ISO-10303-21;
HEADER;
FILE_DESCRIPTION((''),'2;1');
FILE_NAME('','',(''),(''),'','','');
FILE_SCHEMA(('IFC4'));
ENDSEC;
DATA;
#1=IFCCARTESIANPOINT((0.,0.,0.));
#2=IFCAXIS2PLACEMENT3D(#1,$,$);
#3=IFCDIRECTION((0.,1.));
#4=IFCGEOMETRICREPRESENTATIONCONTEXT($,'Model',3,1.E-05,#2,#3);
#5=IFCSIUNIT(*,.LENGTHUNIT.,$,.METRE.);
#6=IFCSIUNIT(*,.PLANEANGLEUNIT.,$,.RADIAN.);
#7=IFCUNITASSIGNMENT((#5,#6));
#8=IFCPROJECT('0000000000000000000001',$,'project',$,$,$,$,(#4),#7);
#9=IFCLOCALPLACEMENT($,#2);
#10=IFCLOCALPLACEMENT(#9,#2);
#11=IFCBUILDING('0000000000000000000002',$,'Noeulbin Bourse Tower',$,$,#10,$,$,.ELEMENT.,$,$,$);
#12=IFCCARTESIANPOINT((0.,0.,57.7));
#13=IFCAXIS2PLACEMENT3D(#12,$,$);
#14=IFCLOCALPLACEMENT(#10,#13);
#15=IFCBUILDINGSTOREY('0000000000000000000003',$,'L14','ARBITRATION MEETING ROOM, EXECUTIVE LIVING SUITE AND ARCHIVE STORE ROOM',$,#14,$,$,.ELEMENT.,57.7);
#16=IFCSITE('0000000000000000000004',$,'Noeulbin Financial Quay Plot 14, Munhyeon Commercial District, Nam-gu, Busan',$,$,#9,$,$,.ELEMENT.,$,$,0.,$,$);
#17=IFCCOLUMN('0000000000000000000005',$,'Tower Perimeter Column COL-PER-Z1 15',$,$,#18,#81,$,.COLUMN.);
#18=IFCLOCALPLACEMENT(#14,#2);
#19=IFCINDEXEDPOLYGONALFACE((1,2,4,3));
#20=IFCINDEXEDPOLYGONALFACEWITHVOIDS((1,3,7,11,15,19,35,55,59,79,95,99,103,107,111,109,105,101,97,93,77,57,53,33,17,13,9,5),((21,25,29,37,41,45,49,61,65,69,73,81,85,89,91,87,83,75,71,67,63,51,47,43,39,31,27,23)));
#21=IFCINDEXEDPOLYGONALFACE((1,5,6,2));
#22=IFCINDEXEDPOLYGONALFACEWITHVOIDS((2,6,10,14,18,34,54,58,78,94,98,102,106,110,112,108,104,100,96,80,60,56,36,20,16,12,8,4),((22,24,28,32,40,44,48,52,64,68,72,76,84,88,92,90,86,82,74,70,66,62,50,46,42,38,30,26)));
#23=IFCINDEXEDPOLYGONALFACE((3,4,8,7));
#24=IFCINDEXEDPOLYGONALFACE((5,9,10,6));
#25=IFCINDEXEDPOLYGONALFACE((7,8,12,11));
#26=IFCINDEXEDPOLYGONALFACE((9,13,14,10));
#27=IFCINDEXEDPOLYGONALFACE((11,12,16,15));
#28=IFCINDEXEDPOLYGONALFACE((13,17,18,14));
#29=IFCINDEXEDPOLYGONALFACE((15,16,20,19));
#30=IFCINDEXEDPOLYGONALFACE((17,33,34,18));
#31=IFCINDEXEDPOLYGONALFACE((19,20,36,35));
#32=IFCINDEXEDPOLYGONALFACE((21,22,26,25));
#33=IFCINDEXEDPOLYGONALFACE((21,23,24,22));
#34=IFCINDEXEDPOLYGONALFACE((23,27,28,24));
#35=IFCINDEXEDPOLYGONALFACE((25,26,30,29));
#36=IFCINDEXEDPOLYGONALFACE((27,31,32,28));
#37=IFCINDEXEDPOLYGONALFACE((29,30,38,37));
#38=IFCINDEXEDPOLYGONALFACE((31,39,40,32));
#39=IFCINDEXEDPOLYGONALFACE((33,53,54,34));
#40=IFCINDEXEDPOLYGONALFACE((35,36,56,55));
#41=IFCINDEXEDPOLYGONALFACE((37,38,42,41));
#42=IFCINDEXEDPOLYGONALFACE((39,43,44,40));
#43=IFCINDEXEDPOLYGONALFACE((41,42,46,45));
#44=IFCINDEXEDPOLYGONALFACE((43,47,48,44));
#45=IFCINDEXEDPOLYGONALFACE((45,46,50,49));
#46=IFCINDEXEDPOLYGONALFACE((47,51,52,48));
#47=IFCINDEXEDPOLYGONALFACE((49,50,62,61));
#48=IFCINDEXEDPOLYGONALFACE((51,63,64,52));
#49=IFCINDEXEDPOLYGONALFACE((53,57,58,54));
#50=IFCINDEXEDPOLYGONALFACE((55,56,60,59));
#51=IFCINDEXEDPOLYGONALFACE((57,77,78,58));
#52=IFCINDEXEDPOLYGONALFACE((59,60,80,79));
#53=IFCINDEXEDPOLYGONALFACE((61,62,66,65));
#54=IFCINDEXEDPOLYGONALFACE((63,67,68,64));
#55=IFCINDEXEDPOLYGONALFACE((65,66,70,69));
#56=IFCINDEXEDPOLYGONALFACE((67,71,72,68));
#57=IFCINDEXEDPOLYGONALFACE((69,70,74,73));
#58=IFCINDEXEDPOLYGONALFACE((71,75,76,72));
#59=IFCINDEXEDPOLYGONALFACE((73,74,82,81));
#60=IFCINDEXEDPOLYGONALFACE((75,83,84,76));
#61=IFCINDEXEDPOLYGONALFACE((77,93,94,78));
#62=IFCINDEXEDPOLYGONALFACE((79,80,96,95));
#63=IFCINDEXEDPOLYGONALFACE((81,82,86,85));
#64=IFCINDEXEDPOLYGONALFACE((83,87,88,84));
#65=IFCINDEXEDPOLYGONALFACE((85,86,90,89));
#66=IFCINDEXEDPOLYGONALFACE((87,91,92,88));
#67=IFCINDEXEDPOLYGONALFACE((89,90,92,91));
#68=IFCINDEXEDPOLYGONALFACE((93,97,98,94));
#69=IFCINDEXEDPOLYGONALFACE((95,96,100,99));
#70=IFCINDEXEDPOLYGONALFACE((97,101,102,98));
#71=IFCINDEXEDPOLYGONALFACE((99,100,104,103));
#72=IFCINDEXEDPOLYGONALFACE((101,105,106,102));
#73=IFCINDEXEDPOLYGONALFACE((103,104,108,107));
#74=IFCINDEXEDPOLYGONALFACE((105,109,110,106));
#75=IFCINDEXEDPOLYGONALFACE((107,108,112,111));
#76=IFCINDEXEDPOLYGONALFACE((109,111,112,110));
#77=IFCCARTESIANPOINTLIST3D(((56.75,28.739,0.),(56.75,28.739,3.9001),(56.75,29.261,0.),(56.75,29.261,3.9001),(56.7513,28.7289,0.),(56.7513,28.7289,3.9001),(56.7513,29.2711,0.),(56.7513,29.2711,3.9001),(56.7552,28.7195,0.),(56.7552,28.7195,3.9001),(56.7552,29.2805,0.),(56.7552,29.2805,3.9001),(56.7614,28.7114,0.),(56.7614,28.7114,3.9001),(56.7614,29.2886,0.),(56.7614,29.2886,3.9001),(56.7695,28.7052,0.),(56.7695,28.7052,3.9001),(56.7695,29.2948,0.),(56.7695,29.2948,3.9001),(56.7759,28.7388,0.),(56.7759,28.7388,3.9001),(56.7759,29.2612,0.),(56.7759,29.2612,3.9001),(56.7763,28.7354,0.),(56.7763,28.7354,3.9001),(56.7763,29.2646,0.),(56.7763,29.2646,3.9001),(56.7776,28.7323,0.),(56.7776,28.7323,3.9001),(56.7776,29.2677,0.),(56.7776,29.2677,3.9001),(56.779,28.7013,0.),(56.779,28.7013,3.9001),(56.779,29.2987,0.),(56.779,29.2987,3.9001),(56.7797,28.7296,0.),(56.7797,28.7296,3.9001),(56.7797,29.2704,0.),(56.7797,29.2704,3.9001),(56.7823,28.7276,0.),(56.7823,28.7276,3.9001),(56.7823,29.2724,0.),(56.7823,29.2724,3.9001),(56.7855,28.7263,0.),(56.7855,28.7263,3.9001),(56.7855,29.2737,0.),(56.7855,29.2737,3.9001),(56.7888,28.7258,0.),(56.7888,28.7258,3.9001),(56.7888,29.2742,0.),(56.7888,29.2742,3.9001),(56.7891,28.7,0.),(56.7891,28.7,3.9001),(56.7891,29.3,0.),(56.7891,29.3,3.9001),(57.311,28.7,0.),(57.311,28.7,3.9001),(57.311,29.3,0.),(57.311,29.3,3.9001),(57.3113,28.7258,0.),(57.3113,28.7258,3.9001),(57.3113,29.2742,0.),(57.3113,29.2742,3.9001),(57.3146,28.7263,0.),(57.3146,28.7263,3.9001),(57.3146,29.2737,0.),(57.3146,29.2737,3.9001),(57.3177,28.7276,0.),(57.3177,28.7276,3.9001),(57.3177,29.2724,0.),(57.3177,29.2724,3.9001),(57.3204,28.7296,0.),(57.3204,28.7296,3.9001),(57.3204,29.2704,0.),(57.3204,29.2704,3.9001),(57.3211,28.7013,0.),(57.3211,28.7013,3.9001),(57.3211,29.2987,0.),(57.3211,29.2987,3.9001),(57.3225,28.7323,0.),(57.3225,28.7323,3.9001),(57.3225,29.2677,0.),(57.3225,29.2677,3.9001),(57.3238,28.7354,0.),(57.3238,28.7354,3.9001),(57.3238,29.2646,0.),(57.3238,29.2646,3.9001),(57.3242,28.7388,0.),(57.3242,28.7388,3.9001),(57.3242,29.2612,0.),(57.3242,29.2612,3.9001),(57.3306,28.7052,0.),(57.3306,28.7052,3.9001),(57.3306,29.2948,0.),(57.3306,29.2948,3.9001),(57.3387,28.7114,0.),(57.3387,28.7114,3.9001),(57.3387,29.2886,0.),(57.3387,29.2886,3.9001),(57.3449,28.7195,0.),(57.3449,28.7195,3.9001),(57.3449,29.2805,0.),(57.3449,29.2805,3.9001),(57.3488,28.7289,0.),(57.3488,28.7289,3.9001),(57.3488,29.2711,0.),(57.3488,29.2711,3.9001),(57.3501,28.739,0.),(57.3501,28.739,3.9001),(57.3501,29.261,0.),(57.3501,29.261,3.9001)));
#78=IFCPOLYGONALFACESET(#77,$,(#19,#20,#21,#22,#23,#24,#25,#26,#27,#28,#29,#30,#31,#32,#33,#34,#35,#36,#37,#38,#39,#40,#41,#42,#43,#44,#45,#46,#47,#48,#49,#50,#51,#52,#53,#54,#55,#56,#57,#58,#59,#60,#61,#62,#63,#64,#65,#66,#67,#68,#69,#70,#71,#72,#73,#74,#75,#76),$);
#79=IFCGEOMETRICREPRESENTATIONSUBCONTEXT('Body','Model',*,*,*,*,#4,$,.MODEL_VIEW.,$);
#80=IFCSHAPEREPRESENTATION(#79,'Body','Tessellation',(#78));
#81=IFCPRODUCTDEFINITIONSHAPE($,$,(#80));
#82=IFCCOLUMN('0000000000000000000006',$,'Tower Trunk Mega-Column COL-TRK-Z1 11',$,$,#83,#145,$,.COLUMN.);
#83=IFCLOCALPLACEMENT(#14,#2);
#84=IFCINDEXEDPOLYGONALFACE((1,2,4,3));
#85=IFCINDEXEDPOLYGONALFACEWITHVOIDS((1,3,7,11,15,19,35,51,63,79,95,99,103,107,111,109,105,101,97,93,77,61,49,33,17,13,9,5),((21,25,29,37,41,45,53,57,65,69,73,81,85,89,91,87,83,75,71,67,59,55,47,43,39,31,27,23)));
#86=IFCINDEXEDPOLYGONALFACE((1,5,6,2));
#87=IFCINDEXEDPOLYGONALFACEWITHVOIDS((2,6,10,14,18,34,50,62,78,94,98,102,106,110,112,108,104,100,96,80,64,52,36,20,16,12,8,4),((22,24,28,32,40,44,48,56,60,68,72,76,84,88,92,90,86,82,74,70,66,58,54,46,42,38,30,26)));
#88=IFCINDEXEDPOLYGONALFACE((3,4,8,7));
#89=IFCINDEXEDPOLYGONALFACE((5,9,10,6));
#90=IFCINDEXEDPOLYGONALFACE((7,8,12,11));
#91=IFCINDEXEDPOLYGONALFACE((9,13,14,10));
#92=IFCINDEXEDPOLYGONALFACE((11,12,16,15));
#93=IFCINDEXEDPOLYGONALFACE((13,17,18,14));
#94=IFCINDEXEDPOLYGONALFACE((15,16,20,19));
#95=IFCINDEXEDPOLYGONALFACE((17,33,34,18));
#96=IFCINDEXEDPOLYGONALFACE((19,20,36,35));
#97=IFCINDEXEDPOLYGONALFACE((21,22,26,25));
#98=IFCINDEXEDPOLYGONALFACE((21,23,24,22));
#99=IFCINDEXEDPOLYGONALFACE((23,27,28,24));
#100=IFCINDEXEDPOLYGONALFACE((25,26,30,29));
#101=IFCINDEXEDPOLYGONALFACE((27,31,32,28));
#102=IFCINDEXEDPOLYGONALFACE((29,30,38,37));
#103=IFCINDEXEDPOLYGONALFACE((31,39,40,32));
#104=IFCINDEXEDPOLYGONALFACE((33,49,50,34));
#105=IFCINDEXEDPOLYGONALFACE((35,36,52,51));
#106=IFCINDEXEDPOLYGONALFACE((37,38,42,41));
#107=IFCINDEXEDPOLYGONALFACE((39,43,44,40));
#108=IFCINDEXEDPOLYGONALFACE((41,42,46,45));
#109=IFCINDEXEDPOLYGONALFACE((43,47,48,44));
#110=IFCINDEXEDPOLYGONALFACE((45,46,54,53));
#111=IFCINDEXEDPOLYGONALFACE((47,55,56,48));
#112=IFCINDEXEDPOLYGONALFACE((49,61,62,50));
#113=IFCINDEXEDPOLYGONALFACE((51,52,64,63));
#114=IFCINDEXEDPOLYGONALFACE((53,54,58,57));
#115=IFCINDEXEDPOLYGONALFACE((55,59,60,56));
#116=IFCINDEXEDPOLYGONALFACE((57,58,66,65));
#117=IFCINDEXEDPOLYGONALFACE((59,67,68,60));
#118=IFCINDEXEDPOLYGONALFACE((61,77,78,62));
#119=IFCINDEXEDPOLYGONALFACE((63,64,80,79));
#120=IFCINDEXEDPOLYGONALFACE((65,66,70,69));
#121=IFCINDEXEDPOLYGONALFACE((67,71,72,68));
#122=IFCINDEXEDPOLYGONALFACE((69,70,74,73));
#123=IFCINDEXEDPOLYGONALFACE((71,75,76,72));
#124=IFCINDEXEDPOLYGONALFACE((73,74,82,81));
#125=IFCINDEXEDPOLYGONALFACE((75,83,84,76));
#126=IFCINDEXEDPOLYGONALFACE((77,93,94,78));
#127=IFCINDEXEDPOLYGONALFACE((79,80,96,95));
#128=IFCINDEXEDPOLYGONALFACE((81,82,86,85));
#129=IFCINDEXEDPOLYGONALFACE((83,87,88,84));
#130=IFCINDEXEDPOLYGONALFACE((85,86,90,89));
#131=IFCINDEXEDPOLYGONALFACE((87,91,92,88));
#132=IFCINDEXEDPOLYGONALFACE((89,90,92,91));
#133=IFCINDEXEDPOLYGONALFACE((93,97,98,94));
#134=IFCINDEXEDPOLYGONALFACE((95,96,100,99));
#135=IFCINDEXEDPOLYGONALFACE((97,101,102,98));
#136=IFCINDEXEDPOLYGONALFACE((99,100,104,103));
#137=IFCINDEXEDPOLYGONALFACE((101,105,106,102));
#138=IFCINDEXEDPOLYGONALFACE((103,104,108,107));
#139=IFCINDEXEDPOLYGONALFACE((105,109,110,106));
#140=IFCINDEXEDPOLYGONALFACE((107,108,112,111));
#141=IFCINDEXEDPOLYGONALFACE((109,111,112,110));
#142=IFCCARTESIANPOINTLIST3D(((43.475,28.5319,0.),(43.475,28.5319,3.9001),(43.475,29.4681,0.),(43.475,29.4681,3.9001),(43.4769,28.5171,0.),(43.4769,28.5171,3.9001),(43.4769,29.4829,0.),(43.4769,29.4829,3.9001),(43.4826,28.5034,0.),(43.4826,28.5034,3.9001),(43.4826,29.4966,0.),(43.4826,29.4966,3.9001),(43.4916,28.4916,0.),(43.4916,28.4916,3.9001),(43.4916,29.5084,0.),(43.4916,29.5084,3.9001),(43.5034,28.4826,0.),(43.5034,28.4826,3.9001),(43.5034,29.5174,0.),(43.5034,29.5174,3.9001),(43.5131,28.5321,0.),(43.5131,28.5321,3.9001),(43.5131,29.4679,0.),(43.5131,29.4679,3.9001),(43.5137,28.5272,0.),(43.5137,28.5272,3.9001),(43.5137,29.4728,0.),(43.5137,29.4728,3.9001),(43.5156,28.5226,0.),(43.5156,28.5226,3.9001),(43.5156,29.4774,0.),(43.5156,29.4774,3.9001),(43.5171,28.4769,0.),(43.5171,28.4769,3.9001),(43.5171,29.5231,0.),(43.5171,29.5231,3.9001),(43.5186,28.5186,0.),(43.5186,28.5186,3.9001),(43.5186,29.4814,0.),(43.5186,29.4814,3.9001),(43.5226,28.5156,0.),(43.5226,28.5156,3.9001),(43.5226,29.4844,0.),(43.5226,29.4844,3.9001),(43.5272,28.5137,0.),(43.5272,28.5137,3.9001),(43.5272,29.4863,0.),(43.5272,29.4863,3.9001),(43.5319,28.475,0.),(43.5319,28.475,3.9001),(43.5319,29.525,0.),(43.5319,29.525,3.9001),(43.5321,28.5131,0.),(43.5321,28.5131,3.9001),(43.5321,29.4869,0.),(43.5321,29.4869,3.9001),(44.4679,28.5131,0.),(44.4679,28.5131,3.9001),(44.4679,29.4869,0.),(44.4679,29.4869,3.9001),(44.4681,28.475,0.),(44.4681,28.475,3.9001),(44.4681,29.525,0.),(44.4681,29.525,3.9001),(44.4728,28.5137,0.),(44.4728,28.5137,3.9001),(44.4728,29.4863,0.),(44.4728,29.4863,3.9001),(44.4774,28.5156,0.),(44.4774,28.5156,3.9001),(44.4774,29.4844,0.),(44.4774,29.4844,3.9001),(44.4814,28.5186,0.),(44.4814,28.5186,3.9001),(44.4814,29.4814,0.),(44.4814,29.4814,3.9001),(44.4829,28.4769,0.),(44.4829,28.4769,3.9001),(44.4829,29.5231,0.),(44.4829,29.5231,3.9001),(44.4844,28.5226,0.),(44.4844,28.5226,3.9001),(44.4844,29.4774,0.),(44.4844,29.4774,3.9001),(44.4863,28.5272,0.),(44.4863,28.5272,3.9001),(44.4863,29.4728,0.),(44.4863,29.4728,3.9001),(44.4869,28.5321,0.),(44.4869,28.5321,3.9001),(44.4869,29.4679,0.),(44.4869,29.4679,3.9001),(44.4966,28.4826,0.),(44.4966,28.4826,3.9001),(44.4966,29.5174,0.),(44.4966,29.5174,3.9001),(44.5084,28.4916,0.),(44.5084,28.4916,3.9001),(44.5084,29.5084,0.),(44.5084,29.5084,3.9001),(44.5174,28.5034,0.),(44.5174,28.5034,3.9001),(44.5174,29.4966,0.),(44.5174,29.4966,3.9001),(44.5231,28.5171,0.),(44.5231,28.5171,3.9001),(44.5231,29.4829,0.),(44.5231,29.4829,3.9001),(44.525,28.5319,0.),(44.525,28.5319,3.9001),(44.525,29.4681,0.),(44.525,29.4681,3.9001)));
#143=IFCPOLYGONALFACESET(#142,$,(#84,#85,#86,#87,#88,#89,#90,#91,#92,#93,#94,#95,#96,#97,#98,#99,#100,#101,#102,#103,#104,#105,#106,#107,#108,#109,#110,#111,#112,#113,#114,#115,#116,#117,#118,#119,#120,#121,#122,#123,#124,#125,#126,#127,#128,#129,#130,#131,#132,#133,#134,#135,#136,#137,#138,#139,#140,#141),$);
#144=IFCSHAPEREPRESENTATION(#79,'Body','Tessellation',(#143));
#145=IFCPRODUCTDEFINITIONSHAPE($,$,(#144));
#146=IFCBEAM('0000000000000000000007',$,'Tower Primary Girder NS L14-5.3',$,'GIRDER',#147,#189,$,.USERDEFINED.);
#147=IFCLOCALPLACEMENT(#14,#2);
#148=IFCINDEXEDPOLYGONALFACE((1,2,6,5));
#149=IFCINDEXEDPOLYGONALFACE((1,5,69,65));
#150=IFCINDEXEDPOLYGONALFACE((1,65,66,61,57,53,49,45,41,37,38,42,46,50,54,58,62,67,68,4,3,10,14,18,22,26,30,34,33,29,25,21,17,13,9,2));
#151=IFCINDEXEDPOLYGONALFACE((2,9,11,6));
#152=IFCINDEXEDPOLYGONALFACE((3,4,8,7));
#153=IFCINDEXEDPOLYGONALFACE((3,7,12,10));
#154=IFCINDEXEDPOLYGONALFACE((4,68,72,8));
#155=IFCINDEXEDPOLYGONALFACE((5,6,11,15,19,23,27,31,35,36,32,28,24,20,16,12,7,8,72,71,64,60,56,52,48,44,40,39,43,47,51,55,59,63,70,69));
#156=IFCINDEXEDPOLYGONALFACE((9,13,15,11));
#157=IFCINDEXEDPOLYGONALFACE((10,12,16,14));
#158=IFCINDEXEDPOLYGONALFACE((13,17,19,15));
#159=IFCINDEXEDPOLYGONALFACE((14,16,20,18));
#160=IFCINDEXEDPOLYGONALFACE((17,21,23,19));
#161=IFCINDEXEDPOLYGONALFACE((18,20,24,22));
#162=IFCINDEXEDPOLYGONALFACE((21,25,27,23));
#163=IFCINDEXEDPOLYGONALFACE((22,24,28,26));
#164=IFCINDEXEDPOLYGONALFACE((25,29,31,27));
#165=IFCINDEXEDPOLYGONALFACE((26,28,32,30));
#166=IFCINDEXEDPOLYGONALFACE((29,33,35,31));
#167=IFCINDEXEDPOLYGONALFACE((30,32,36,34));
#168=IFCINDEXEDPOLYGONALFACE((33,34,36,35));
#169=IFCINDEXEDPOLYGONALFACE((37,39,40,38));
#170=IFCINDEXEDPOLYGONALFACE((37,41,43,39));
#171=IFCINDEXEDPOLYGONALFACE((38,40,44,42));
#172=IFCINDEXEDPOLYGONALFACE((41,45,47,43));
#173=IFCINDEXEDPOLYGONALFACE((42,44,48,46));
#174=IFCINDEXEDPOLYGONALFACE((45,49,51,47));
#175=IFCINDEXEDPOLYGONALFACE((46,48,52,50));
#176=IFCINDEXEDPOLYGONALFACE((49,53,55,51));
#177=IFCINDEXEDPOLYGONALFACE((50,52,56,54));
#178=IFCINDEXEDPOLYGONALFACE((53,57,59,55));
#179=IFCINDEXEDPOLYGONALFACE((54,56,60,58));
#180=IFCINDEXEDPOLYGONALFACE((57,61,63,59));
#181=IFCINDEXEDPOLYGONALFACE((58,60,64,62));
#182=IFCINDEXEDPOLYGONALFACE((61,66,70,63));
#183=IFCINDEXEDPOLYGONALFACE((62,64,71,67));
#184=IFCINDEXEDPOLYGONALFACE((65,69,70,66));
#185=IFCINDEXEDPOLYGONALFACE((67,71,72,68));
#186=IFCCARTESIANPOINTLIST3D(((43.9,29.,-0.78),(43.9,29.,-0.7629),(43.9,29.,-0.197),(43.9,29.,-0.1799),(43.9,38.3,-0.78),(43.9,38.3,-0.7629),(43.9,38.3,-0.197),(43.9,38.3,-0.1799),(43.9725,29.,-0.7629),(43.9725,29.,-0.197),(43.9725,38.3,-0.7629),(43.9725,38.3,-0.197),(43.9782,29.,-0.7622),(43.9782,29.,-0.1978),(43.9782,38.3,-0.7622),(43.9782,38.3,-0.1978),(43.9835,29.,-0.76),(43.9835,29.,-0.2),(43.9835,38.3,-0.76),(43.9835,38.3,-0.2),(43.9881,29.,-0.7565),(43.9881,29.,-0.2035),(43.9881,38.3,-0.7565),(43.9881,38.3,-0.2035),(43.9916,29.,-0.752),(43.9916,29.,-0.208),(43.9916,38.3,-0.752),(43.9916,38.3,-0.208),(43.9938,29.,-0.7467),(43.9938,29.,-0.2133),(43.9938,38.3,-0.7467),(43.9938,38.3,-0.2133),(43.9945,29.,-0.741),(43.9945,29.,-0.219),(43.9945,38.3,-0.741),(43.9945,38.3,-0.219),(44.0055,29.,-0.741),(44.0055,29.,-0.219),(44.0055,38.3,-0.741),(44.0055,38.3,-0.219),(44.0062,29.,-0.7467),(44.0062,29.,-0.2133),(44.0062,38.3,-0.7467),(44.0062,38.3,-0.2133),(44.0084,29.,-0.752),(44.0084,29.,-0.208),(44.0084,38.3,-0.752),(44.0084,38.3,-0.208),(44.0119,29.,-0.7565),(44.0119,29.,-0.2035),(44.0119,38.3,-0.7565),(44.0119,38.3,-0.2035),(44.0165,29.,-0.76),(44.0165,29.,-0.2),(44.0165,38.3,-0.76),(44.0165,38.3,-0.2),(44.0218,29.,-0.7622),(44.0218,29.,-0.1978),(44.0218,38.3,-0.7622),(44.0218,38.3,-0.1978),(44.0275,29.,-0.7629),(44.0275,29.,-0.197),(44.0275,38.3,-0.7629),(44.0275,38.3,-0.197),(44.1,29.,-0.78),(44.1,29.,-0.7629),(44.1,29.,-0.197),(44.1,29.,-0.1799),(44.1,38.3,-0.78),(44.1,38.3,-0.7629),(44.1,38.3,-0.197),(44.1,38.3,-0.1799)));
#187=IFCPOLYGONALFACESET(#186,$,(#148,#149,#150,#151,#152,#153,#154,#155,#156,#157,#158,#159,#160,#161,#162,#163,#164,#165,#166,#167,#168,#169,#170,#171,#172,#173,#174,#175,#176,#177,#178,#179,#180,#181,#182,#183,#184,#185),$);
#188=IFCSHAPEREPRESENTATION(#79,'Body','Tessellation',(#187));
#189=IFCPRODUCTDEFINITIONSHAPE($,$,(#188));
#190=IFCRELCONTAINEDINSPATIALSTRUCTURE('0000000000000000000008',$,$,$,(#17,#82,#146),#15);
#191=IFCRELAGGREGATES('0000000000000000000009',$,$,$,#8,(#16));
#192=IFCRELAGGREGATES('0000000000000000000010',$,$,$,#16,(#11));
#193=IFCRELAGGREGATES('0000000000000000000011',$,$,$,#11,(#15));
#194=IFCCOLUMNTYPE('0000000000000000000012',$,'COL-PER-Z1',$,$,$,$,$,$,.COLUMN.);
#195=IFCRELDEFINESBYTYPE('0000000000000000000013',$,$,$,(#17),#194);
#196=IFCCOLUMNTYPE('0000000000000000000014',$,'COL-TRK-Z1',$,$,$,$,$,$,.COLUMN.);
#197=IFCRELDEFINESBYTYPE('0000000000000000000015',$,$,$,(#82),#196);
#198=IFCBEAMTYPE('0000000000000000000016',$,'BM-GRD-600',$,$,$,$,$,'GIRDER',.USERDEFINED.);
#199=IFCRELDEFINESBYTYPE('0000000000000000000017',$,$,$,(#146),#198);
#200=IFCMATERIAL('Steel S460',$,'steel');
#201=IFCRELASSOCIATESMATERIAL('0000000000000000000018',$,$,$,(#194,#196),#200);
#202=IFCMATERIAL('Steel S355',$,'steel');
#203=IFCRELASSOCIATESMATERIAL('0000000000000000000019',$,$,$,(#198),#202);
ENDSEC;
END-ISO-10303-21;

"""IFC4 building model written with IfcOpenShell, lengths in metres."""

from ifc_helpers import new_model, si_unit, direction, frame, origin, origin_2d, place, context, subcontext, project, spatial, hollow_rectangle, i_section, extrude, material, material_profile, profile_set, type_object, element, save


model = new_model("IFC4")

# Units and contexts
model_context = context("Model", 3, precision=1e-05, world=origin(), true_north=direction((0.0, 1.0)))
body_context = subcontext(model_context, "Body", "Model", "MODEL_VIEW")
ifc_project = project(units=[si_unit("LENGTHUNIT", "METRE"), si_unit("PLANEANGLEUNIT", "RADIAN")], contexts=[model_context])

# Site, building, storey
site_placement = place(None, origin())
site = spatial("IfcSite", under=ifc_project, at=site_placement, Name="Noeulbin Financial Quay Plot 14, Munhyeon Commercial District, Nam-gu, Busan", CompositionType="ELEMENT", RefElevation=0.0)
building_placement = place(site_placement, origin())
building = spatial("IfcBuilding", under=site, at=building_placement, Name="Noeulbin Bourse Tower", CompositionType="ELEMENT")
storey_placement = place(building_placement, frame((0.0, 0.0, 57.7)))
storey = spatial("IfcBuildingStorey", under=building, at=storey_placement, Name="L14", Description="ARBITRATION MEETING ROOM, EXECUTIVE LIVING SUITE AND ARCHIVE STORE ROOM", CompositionType="ELEMENT", Elevation=57.7)

# Columns
ifc_material_1 = material(Name="Steel S460", Category="steel")
ifc_material_profile_1 = material_profile(ifc_material_1, hollow_rectangle(XDim=0.6001, YDim=0.6001, WallThickness=0.0259, InnerFilletRadius=0.0129, OuterFilletRadius=0.0391, at=origin_2d()), Name="BOX-600x600x26", Category="LoadBearing")
ifc_profile_set_1 = profile_set([ifc_material_profile_1], Name="Steel S460")
column_type_1 = type_object("IfcColumnType", Name="COL-PER-Z1", PredefinedType="COLUMN", material=ifc_profile_set_1)
column_1_placement = place(storey_placement, frame((57.05, 29.0, 0.0), z_axis=(0.0, 0.0, 1.0), x_axis=(1.0, 0.0, 0.0)))
element("IfcColumn", 1, at=column_1_placement, inside=storey, type_object=column_type_1, Name="Tower Perimeter Column COL-PER-Z1 15", PredefinedType="COLUMN", context=body_context, shape_type="SweptSolid", body=[
    extrude(hollow_rectangle(XDim=0.6001, YDim=0.6001, WallThickness=0.0259, InnerFilletRadius=0.0129, OuterFilletRadius=0.0391, at=origin_2d()), origin(), (0.0, 0.0, 1.0), 3.9001),
])
ifc_material_profile_2 = material_profile(ifc_material_1, hollow_rectangle(XDim=1.05, YDim=1.05, WallThickness=0.0381, InnerFilletRadius=0.019, OuterFilletRadius=0.0569, at=origin_2d()), Name="BOX-1050x1050x38", Category="LoadBearing")
ifc_profile_set_2 = profile_set([ifc_material_profile_2], Name="Steel S460")
column_type_2 = type_object("IfcColumnType", Name="COL-TRK-Z1", PredefinedType="COLUMN", material=ifc_profile_set_2)
column_2_placement = place(storey_placement, frame((44.0, 29.0, 0.0), z_axis=(0.0, 0.0, 1.0), x_axis=(1.0, 0.0, 0.0)))
element("IfcColumn", 2, at=column_2_placement, inside=storey, type_object=column_type_2, Name="Tower Trunk Mega-Column COL-TRK-Z1 11", PredefinedType="COLUMN", context=body_context, shape_type="SweptSolid", body=[
    extrude(hollow_rectangle(XDim=1.05, YDim=1.05, WallThickness=0.0381, InnerFilletRadius=0.019, OuterFilletRadius=0.0569, at=origin_2d()), origin(), (0.0, 0.0, 1.0), 3.9001),
])

# Beam
ifc_material_2 = material(Name="Steel S355", Category="steel")
ifc_material_profile_3 = material_profile(ifc_material_2, i_section(OverallWidth=0.2, OverallDepth=0.6001, WebThickness=0.011, FlangeThickness=0.0171, FilletRadius=0.022, at=origin_2d()), Name="H-600x200x11x17", Category="LoadBearing")
ifc_profile_set_3 = profile_set([ifc_material_profile_3], Name="Steel S355")
beam_type_1 = type_object("IfcBeamType", Name="BM-GRD-600", ElementType="GIRDER", PredefinedType="USERDEFINED", material=ifc_profile_set_3)
beam_1_placement = place(storey_placement, frame((44.0, 29.0, -0.48), z_axis=(0.0, 1.0, 0.0), x_axis=(-1.0, 0.0, 0.0)))
element("IfcBeam", 3, at=beam_1_placement, inside=storey, type_object=beam_type_1, Name="Tower Primary Girder NS L14-5.3", ObjectType="GIRDER", PredefinedType="USERDEFINED", context=body_context, shape_type="SweptSolid", body=[
    extrude(i_section(OverallWidth=0.2, OverallDepth=0.6001, WebThickness=0.011, FlangeThickness=0.0171, FilletRadius=0.022, at=origin_2d()), origin(), (0.0, 0.0, 1.0), 9.3),
])

save(model, "model.ifc")
